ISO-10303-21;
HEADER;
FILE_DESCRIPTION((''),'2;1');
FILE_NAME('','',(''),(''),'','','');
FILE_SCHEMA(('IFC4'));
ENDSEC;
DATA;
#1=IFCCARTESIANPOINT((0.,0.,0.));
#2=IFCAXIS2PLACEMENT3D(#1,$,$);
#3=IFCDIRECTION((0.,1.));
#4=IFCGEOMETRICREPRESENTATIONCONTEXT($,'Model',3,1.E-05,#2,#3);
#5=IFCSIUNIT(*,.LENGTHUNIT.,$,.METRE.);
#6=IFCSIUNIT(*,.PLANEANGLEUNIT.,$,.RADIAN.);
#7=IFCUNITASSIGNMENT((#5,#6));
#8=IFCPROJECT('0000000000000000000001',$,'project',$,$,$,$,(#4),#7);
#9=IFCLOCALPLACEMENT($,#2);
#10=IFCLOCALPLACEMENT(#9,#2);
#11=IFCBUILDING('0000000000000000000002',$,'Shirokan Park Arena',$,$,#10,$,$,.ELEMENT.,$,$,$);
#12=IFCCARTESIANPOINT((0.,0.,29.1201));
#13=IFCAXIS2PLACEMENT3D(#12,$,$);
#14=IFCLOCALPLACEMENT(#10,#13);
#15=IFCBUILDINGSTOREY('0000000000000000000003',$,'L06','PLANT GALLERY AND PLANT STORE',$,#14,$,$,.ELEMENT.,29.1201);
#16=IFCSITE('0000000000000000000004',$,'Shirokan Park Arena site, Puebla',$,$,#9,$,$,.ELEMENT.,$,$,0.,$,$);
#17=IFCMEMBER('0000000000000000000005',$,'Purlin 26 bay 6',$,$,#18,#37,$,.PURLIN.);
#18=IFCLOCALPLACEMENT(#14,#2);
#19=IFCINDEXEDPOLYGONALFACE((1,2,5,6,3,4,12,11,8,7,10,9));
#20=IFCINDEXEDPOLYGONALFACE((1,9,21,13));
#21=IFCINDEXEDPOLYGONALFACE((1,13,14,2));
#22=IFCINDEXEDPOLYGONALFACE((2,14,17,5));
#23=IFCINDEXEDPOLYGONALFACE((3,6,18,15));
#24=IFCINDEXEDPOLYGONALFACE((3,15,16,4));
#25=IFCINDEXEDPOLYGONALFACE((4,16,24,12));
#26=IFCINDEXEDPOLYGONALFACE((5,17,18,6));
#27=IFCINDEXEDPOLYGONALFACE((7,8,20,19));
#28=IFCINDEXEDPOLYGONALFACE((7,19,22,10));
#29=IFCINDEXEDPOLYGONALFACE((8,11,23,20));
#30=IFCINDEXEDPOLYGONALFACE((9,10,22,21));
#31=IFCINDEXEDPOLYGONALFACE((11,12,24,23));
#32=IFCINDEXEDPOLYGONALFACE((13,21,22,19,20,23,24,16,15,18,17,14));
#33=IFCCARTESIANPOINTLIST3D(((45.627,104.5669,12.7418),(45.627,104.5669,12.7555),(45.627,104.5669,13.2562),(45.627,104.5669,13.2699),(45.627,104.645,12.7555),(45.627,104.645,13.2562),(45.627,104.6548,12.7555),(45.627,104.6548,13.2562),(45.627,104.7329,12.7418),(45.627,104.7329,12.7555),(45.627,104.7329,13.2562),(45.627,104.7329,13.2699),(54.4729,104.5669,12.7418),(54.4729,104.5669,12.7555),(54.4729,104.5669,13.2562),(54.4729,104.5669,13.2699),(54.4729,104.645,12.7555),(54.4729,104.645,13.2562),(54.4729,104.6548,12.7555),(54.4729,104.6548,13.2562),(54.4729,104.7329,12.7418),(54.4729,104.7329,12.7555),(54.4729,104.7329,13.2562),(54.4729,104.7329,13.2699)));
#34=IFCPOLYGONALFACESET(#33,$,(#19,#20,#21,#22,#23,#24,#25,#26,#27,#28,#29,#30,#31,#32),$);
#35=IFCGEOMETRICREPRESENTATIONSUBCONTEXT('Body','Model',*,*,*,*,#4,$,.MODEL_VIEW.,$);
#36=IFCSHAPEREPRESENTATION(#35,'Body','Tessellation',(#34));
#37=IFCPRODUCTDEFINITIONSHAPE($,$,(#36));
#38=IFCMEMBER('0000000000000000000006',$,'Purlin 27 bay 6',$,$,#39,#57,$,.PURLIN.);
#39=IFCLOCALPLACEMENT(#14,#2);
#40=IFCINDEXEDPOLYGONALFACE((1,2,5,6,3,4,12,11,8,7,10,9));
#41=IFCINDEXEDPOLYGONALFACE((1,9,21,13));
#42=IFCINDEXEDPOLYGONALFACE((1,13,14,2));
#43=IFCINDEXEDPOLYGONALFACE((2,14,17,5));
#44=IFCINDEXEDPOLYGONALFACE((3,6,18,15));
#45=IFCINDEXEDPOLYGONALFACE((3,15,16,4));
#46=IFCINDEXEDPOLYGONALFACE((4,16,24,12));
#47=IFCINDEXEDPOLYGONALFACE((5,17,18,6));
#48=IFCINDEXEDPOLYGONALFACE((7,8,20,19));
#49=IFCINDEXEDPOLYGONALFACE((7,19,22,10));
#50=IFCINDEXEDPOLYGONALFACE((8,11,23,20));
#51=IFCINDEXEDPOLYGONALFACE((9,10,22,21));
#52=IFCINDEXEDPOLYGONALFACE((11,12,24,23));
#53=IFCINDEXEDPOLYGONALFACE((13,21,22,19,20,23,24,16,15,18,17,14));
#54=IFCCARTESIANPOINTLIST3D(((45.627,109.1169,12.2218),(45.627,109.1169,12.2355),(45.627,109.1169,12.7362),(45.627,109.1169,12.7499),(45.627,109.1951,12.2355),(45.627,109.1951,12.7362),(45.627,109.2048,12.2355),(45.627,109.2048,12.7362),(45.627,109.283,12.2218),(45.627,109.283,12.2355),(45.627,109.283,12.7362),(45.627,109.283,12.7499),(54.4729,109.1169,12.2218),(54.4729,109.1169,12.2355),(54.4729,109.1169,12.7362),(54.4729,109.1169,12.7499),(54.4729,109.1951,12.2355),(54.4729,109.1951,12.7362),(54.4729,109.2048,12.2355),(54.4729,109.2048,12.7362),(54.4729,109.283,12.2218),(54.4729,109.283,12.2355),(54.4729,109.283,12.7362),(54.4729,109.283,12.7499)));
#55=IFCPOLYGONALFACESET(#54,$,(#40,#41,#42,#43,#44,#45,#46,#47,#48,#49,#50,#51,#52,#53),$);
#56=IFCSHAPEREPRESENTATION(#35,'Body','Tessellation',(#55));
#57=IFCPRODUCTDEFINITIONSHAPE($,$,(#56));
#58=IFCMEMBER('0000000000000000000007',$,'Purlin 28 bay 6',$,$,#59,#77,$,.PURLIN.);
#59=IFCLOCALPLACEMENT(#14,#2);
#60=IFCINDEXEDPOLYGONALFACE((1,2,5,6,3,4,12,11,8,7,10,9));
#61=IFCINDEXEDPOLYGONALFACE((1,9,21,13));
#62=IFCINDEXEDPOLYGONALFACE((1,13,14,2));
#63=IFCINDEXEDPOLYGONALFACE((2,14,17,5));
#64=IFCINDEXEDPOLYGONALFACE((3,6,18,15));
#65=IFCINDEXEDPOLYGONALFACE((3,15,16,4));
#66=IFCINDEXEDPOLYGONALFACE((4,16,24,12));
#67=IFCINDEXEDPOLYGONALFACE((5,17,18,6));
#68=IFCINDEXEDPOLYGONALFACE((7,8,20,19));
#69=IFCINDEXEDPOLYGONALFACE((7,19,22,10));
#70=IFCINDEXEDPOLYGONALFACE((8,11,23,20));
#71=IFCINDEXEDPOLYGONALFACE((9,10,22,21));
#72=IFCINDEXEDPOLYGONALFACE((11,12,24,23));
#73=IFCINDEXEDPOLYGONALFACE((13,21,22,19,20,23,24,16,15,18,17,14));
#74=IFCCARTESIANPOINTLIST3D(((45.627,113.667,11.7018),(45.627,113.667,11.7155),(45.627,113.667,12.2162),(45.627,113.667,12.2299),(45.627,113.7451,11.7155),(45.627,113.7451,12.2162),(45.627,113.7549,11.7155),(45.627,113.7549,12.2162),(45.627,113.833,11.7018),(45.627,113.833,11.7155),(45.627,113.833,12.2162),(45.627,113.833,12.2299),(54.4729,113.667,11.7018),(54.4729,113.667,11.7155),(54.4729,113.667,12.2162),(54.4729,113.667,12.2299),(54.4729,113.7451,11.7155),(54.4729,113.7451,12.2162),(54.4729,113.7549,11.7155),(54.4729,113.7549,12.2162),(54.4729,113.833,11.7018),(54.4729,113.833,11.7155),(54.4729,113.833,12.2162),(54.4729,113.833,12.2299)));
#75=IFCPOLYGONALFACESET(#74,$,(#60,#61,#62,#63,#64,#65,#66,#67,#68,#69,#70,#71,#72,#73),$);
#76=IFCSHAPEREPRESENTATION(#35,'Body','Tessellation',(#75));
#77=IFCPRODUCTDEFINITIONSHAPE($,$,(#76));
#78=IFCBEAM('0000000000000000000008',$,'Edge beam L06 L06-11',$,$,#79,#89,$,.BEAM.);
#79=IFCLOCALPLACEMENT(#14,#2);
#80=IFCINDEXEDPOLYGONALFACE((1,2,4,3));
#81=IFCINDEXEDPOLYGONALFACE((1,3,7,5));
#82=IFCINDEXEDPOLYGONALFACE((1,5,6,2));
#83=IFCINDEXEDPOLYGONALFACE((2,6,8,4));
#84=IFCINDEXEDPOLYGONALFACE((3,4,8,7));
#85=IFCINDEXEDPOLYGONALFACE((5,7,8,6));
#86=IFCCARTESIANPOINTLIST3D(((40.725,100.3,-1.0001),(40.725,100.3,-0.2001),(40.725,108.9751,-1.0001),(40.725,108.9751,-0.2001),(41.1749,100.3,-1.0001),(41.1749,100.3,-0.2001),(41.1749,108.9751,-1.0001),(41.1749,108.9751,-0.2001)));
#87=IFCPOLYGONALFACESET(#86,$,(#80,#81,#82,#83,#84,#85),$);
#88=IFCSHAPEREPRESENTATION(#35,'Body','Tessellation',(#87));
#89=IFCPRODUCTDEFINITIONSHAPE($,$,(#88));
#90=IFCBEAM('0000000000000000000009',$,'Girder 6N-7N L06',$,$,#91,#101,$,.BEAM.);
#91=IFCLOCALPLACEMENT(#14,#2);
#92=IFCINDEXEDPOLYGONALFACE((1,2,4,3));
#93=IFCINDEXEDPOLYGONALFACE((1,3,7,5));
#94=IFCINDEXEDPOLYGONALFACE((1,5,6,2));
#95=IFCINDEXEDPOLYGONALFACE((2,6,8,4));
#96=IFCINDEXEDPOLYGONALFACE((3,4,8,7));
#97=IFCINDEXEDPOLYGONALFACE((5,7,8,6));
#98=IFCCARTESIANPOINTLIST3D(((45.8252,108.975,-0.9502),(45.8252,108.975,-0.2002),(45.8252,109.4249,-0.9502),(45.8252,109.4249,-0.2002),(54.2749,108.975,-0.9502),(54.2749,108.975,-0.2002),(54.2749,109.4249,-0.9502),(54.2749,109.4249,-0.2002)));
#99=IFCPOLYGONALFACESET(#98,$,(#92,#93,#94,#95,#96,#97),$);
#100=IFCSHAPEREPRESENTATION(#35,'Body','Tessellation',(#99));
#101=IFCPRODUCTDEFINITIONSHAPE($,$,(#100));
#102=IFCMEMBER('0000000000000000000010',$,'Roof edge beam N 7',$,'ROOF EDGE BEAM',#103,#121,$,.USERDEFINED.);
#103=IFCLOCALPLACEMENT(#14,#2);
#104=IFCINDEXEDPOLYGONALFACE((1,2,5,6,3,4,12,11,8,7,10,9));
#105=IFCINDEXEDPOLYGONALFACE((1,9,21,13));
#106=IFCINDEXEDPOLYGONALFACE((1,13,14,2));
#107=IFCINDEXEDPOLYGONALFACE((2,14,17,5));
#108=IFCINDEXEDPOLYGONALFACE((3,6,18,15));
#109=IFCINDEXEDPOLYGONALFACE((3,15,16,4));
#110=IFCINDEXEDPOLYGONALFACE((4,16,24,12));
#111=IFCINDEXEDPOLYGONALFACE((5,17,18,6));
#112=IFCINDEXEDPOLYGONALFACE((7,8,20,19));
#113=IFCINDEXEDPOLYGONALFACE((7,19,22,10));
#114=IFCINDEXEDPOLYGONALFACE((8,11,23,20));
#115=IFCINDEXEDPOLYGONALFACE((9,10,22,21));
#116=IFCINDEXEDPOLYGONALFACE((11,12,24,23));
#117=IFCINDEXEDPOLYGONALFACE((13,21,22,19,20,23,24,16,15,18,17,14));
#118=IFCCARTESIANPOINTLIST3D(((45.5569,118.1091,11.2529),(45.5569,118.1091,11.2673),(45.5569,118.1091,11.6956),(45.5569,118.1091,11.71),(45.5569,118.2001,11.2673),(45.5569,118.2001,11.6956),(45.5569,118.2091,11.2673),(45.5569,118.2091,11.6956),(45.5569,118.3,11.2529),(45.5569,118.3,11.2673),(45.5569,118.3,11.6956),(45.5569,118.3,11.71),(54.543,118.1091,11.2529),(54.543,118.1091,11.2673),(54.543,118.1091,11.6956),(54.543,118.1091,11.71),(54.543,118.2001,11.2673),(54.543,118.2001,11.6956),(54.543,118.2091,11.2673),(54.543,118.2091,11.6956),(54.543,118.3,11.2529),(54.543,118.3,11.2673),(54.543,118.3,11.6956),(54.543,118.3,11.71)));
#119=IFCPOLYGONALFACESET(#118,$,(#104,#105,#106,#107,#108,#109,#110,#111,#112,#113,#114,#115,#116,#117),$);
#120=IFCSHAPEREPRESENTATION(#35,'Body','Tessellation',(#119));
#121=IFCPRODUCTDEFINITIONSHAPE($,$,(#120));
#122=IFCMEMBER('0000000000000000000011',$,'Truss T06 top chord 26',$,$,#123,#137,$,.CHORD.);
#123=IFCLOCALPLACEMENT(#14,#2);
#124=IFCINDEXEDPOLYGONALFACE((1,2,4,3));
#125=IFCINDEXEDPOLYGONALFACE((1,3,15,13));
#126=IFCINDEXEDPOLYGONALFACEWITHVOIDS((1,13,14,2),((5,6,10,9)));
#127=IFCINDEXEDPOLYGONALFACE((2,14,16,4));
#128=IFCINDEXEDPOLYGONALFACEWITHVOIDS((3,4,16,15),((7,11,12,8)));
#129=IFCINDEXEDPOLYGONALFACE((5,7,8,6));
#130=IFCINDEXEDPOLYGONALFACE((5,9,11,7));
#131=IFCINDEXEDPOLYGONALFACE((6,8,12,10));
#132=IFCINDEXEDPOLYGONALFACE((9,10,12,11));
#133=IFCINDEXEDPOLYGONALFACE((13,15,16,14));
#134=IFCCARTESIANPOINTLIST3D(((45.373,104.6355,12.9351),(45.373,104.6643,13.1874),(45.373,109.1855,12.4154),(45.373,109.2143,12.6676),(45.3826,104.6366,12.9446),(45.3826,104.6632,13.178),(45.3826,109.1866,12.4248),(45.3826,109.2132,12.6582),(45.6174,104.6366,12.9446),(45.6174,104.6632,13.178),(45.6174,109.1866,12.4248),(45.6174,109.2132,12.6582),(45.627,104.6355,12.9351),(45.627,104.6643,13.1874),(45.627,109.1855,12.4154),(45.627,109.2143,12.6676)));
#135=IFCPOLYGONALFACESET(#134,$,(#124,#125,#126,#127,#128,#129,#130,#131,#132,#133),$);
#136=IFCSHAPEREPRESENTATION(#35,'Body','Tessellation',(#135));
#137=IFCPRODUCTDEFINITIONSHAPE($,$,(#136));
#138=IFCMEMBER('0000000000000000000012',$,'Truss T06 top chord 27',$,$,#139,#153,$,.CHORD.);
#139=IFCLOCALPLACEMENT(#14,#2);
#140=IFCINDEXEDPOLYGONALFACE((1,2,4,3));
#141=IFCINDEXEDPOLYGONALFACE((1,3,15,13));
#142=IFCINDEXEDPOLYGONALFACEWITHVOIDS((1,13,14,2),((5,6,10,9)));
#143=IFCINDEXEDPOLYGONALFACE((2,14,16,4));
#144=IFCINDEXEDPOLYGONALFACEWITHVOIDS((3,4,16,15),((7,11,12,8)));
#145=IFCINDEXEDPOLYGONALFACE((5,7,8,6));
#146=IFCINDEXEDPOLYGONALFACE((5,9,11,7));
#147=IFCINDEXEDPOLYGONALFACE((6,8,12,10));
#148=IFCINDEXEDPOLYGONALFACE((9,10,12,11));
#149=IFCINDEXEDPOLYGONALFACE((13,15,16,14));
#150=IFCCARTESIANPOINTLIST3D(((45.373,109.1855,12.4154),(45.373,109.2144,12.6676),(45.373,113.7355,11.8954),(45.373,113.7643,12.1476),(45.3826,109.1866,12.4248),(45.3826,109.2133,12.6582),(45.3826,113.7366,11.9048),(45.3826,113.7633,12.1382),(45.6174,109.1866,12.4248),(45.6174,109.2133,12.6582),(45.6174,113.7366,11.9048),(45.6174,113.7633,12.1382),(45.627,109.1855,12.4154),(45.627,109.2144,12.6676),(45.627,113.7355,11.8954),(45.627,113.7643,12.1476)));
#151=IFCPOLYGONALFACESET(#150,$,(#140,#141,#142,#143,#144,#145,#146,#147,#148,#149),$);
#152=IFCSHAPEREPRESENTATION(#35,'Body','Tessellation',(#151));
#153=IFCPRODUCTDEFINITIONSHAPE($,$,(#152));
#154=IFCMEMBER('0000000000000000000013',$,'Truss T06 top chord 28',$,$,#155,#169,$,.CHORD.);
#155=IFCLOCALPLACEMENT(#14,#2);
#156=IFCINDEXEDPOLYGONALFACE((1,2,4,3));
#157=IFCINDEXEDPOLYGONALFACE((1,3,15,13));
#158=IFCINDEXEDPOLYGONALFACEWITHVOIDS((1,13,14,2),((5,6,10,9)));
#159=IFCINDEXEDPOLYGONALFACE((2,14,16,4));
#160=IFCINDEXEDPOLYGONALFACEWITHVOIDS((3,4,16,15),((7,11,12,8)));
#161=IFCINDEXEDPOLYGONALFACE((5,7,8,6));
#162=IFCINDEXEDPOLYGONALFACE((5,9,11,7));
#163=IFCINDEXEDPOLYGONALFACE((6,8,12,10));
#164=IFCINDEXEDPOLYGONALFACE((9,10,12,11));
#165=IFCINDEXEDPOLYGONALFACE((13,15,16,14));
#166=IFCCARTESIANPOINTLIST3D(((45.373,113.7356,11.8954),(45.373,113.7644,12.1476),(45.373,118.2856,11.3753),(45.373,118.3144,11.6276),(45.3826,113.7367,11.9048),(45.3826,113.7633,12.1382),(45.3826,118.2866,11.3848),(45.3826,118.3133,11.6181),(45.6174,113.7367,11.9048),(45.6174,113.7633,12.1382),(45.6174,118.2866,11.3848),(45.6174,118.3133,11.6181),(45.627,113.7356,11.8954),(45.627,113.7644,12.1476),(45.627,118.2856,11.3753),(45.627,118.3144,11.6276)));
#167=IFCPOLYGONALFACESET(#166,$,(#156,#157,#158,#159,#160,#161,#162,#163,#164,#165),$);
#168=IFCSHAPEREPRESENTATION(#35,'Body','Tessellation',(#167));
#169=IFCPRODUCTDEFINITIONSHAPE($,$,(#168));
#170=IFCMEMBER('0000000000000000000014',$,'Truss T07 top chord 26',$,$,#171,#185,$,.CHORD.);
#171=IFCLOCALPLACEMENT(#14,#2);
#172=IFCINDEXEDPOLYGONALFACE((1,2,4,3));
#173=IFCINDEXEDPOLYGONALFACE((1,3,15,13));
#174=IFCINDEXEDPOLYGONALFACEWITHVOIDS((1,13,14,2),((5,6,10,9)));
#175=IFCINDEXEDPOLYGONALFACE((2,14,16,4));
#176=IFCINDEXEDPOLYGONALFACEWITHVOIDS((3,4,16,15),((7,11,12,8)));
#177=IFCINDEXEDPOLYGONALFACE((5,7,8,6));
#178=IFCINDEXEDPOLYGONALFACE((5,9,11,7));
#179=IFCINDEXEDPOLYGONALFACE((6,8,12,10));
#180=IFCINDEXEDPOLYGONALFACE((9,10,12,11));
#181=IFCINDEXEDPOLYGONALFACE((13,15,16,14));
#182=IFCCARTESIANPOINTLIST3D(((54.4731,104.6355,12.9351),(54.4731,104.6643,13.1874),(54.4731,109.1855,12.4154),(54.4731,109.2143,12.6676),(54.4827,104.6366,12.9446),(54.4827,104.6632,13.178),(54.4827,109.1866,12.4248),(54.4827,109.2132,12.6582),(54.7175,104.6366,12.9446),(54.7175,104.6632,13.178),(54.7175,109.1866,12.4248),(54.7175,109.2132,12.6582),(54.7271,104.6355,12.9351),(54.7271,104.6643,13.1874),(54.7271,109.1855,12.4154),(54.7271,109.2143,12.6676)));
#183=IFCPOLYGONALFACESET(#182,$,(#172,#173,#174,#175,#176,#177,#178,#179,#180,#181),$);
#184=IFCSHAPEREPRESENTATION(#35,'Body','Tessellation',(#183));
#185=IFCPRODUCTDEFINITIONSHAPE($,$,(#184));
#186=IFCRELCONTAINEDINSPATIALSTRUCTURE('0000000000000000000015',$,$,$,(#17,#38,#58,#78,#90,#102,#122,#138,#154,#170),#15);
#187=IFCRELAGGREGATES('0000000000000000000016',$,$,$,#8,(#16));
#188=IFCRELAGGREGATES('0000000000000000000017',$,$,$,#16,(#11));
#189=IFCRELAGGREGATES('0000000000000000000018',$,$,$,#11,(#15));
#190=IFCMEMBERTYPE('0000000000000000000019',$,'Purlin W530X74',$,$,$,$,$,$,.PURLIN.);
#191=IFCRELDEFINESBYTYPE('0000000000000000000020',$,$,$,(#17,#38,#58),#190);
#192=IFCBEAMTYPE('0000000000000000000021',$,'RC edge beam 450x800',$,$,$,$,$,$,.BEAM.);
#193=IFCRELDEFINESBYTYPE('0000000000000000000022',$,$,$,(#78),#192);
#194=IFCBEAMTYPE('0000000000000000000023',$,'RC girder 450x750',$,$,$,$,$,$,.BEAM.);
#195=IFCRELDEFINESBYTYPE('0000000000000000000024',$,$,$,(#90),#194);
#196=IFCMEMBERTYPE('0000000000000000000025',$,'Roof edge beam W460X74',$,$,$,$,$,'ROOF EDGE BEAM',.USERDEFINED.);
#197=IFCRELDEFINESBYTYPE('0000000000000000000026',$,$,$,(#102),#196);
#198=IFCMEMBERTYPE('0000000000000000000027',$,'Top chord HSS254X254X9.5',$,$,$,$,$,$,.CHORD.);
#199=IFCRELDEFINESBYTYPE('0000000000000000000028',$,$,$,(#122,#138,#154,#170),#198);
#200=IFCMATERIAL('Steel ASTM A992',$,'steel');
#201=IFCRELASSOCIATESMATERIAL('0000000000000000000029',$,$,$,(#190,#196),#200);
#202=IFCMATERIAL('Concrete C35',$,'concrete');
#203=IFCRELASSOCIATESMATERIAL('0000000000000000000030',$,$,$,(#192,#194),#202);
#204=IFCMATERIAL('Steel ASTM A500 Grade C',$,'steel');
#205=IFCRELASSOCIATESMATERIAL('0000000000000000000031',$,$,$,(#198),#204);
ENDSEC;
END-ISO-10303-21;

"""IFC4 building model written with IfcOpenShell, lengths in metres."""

from ifc_helpers import new_model, si_unit, direction, frame, origin, origin_2d, place, context, subcontext, project, spatial, rectangle, hollow_rectangle, i_section, extrude, material, material_profile, profile_set, type_object, element, save


model = new_model("IFC4")

# Units and contexts
model_context = context("Model", 3, precision=1e-05, world=origin(), true_north=direction((0.0, 1.0)))
body_context = subcontext(model_context, "Body", "Model", "MODEL_VIEW")
ifc_project = project(units=[si_unit("LENGTHUNIT", "METRE"), si_unit("PLANEANGLEUNIT", "RADIAN")], contexts=[model_context])

# Site, building, storey
site_placement = place(None, origin())
site = spatial("IfcSite", under=ifc_project, at=site_placement, Name="Shirokan Park Arena site, Puebla", CompositionType="ELEMENT", RefElevation=0.0)
building_placement = place(site_placement, origin())
building = spatial("IfcBuilding", under=site, at=building_placement, Name="Shirokan Park Arena", CompositionType="ELEMENT")
storey_placement = place(building_placement, frame((0.0, 0.0, 29.1201)))
storey = spatial("IfcBuildingStorey", under=building, at=storey_placement, Name="L06", Description="PLANT GALLERY AND PLANT STORE", CompositionType="ELEMENT", Elevation=29.1201)

# Shared definitions
ifc_material_1 = material(Name="Concrete C35", Category="concrete")

# Members
ifc_material_2 = material(Name="Steel ASTM A500 Grade C", Category="steel")
ifc_material_3 = material(Name="Steel ASTM A992", Category="steel")
ifc_material_profile_1 = material_profile(ifc_material_3, i_section(OverallWidth=0.166, OverallDepth=0.5281, WebThickness=0.0098, FlangeThickness=0.0137, at=origin_2d()), Name="W530X74")
ifc_profile_set_1 = profile_set([ifc_material_profile_1], Name="Steel ASTM A992")
member_type_1 = type_object("IfcMemberType", Name="Purlin W530X74", PredefinedType="PURLIN", material=ifc_profile_set_1)
for number, where, z_axis, x_axis, name in (
    (1, (45.627, 104.6499, 13.0059), (1.0, 0.0, 0.0), (0.0, 1.0, 0.0), "Purlin 26 bay 6"),
    (2, (45.627, 109.2, 12.4858), (1.0, 0.0, 0.0), (0.0, 1.0, 0.0), "Purlin 27 bay 6"),
    (3, (45.627, 113.75, 11.9658), (1.0, 0.0, 0.0), (0.0, 1.0, 0.0), "Purlin 28 bay 6"),
):
    element("IfcMember", number, at=place(storey_placement, frame(where, z_axis=z_axis, x_axis=x_axis)), inside=storey, type_object=member_type_1, Name=name, PredefinedType="PURLIN", context=body_context, shape_type="SweptSolid", body=[
        extrude(i_section(OverallWidth=0.166, OverallDepth=0.5281, WebThickness=0.0098, FlangeThickness=0.0137, at=origin_2d()), origin(), (0.0, 0.0, 1.0), 8.8459),
    ])

# Beams
ifc_material_profile_2 = material_profile(ifc_material_1, rectangle(XDim=0.45, YDim=0.8, at=origin_2d()), Name="450x800")
ifc_profile_set_2 = profile_set([ifc_material_profile_2], Name="Concrete C35")
beam_type_1 = type_object("IfcBeamType", Name="RC edge beam 450x800", PredefinedType="BEAM", material=ifc_profile_set_2)
beam_1_placement = place(storey_placement, frame((40.95, 108.9751, -0.6001), z_axis=(0.0, -1.0, 0.0), x_axis=(1.0, 0.0, 0.0)))
element("IfcBeam", 4, at=beam_1_placement, inside=storey, type_object=beam_type_1, Name="Edge beam L06 L06-11", PredefinedType="BEAM", context=body_context, shape_type="SweptSolid", body=[
    extrude(rectangle(XDim=0.45, YDim=0.8, at=origin_2d()), origin(), (0.0, 0.0, 1.0), 8.675),
])
ifc_material_profile_3 = material_profile(ifc_material_1, rectangle(XDim=0.45, YDim=0.75, at=origin_2d()), Name="450x750")
ifc_profile_set_3 = profile_set([ifc_material_profile_3], Name="Concrete C35")
beam_type_2 = type_object("IfcBeamType", Name="RC girder 450x750", PredefinedType="BEAM", material=ifc_profile_set_3)
beam_2_placement = place(storey_placement, frame((45.8252, 109.2, -0.5752), z_axis=(1.0, 0.0, 0.0), x_axis=(0.0, 1.0, 0.0)))
element("IfcBeam", 5, at=beam_2_placement, inside=storey, type_object=beam_type_2, Name="Girder 6N-7N L06", PredefinedType="BEAM", context=body_context, shape_type="SweptSolid", body=[
    extrude(rectangle(XDim=0.45, YDim=0.75, at=origin_2d()), origin(), (0.0, 0.0, 1.0), 8.4497),
])

# Members
ifc_material_profile_4 = material_profile(ifc_material_3, i_section(OverallWidth=0.1909, OverallDepth=0.457, WebThickness=0.009, FlangeThickness=0.0144, at=origin_2d()), Name="W460X74")
ifc_profile_set_4 = profile_set([ifc_material_profile_4], Name="Steel ASTM A992")
member_type_2 = type_object("IfcMemberType", Name="Roof edge beam W460X74", ElementType="ROOF EDGE BEAM", PredefinedType="USERDEFINED", material=ifc_profile_set_4)
member_1_placement = place(storey_placement, frame((45.5569, 118.2046, 11.4814), z_axis=(1.0, 0.0, 0.0), x_axis=(0.0, 1.0, 0.0)))
element("IfcMember", 6, at=member_1_placement, inside=storey, type_object=member_type_2, Name="Roof edge beam N 7", ObjectType="ROOF EDGE BEAM", PredefinedType="USERDEFINED", context=body_context, shape_type="SweptSolid", body=[
    extrude(i_section(OverallWidth=0.1909, OverallDepth=0.457, WebThickness=0.009, FlangeThickness=0.0144, at=origin_2d()), origin(), (0.0, 0.0, 1.0), 8.9861),
])
ifc_material_profile_5 = material_profile(ifc_material_2, hollow_rectangle(XDim=0.2539, YDim=0.2539, WallThickness=0.0095, at=origin_2d()), Name="HSS254X254X9.5")
ifc_profile_set_5 = profile_set([ifc_material_profile_5], Name="Steel ASTM A500 Grade C")
member_type_3 = type_object("IfcMemberType", Name="Top chord HSS254X254X9.5", PredefinedType="CHORD", material=ifc_profile_set_5)
for number, where, z_axis, x_axis, name in (
    (7, (45.5, 104.6499, 13.0613), (0.0, 0.993538, -0.113497), (-1.0, 0.0, 0.0), "Truss T06 top chord 26"),
    (8, (45.5, 109.2, 12.5415), (0.0, 0.993532, -0.11355), (-1.0, 0.0, 0.0), "Truss T06 top chord 27"),
    (9, (45.5, 113.75, 12.0215), (0.0, 0.993532, -0.11355), (-1.0, 0.0, 0.0), "Truss T06 top chord 28"),
    (10, (54.6001, 104.6499, 13.0613), (0.0, 0.993538, -0.113497), (-1.0, 0.0, 0.0), "Truss T07 top chord 26"),
):
    element("IfcMember", number, at=place(storey_placement, frame(where, z_axis=z_axis, x_axis=x_axis)), inside=storey, type_object=member_type_3, Name=name, PredefinedType="CHORD", context=body_context, shape_type="SweptSolid", body=[
        extrude(hollow_rectangle(XDim=0.2539, YDim=0.2539, WallThickness=0.0095, at=origin_2d()), origin(), (0.0, 0.0, 1.0), 4.5796),
    ])

save(model, "model.ifc")
